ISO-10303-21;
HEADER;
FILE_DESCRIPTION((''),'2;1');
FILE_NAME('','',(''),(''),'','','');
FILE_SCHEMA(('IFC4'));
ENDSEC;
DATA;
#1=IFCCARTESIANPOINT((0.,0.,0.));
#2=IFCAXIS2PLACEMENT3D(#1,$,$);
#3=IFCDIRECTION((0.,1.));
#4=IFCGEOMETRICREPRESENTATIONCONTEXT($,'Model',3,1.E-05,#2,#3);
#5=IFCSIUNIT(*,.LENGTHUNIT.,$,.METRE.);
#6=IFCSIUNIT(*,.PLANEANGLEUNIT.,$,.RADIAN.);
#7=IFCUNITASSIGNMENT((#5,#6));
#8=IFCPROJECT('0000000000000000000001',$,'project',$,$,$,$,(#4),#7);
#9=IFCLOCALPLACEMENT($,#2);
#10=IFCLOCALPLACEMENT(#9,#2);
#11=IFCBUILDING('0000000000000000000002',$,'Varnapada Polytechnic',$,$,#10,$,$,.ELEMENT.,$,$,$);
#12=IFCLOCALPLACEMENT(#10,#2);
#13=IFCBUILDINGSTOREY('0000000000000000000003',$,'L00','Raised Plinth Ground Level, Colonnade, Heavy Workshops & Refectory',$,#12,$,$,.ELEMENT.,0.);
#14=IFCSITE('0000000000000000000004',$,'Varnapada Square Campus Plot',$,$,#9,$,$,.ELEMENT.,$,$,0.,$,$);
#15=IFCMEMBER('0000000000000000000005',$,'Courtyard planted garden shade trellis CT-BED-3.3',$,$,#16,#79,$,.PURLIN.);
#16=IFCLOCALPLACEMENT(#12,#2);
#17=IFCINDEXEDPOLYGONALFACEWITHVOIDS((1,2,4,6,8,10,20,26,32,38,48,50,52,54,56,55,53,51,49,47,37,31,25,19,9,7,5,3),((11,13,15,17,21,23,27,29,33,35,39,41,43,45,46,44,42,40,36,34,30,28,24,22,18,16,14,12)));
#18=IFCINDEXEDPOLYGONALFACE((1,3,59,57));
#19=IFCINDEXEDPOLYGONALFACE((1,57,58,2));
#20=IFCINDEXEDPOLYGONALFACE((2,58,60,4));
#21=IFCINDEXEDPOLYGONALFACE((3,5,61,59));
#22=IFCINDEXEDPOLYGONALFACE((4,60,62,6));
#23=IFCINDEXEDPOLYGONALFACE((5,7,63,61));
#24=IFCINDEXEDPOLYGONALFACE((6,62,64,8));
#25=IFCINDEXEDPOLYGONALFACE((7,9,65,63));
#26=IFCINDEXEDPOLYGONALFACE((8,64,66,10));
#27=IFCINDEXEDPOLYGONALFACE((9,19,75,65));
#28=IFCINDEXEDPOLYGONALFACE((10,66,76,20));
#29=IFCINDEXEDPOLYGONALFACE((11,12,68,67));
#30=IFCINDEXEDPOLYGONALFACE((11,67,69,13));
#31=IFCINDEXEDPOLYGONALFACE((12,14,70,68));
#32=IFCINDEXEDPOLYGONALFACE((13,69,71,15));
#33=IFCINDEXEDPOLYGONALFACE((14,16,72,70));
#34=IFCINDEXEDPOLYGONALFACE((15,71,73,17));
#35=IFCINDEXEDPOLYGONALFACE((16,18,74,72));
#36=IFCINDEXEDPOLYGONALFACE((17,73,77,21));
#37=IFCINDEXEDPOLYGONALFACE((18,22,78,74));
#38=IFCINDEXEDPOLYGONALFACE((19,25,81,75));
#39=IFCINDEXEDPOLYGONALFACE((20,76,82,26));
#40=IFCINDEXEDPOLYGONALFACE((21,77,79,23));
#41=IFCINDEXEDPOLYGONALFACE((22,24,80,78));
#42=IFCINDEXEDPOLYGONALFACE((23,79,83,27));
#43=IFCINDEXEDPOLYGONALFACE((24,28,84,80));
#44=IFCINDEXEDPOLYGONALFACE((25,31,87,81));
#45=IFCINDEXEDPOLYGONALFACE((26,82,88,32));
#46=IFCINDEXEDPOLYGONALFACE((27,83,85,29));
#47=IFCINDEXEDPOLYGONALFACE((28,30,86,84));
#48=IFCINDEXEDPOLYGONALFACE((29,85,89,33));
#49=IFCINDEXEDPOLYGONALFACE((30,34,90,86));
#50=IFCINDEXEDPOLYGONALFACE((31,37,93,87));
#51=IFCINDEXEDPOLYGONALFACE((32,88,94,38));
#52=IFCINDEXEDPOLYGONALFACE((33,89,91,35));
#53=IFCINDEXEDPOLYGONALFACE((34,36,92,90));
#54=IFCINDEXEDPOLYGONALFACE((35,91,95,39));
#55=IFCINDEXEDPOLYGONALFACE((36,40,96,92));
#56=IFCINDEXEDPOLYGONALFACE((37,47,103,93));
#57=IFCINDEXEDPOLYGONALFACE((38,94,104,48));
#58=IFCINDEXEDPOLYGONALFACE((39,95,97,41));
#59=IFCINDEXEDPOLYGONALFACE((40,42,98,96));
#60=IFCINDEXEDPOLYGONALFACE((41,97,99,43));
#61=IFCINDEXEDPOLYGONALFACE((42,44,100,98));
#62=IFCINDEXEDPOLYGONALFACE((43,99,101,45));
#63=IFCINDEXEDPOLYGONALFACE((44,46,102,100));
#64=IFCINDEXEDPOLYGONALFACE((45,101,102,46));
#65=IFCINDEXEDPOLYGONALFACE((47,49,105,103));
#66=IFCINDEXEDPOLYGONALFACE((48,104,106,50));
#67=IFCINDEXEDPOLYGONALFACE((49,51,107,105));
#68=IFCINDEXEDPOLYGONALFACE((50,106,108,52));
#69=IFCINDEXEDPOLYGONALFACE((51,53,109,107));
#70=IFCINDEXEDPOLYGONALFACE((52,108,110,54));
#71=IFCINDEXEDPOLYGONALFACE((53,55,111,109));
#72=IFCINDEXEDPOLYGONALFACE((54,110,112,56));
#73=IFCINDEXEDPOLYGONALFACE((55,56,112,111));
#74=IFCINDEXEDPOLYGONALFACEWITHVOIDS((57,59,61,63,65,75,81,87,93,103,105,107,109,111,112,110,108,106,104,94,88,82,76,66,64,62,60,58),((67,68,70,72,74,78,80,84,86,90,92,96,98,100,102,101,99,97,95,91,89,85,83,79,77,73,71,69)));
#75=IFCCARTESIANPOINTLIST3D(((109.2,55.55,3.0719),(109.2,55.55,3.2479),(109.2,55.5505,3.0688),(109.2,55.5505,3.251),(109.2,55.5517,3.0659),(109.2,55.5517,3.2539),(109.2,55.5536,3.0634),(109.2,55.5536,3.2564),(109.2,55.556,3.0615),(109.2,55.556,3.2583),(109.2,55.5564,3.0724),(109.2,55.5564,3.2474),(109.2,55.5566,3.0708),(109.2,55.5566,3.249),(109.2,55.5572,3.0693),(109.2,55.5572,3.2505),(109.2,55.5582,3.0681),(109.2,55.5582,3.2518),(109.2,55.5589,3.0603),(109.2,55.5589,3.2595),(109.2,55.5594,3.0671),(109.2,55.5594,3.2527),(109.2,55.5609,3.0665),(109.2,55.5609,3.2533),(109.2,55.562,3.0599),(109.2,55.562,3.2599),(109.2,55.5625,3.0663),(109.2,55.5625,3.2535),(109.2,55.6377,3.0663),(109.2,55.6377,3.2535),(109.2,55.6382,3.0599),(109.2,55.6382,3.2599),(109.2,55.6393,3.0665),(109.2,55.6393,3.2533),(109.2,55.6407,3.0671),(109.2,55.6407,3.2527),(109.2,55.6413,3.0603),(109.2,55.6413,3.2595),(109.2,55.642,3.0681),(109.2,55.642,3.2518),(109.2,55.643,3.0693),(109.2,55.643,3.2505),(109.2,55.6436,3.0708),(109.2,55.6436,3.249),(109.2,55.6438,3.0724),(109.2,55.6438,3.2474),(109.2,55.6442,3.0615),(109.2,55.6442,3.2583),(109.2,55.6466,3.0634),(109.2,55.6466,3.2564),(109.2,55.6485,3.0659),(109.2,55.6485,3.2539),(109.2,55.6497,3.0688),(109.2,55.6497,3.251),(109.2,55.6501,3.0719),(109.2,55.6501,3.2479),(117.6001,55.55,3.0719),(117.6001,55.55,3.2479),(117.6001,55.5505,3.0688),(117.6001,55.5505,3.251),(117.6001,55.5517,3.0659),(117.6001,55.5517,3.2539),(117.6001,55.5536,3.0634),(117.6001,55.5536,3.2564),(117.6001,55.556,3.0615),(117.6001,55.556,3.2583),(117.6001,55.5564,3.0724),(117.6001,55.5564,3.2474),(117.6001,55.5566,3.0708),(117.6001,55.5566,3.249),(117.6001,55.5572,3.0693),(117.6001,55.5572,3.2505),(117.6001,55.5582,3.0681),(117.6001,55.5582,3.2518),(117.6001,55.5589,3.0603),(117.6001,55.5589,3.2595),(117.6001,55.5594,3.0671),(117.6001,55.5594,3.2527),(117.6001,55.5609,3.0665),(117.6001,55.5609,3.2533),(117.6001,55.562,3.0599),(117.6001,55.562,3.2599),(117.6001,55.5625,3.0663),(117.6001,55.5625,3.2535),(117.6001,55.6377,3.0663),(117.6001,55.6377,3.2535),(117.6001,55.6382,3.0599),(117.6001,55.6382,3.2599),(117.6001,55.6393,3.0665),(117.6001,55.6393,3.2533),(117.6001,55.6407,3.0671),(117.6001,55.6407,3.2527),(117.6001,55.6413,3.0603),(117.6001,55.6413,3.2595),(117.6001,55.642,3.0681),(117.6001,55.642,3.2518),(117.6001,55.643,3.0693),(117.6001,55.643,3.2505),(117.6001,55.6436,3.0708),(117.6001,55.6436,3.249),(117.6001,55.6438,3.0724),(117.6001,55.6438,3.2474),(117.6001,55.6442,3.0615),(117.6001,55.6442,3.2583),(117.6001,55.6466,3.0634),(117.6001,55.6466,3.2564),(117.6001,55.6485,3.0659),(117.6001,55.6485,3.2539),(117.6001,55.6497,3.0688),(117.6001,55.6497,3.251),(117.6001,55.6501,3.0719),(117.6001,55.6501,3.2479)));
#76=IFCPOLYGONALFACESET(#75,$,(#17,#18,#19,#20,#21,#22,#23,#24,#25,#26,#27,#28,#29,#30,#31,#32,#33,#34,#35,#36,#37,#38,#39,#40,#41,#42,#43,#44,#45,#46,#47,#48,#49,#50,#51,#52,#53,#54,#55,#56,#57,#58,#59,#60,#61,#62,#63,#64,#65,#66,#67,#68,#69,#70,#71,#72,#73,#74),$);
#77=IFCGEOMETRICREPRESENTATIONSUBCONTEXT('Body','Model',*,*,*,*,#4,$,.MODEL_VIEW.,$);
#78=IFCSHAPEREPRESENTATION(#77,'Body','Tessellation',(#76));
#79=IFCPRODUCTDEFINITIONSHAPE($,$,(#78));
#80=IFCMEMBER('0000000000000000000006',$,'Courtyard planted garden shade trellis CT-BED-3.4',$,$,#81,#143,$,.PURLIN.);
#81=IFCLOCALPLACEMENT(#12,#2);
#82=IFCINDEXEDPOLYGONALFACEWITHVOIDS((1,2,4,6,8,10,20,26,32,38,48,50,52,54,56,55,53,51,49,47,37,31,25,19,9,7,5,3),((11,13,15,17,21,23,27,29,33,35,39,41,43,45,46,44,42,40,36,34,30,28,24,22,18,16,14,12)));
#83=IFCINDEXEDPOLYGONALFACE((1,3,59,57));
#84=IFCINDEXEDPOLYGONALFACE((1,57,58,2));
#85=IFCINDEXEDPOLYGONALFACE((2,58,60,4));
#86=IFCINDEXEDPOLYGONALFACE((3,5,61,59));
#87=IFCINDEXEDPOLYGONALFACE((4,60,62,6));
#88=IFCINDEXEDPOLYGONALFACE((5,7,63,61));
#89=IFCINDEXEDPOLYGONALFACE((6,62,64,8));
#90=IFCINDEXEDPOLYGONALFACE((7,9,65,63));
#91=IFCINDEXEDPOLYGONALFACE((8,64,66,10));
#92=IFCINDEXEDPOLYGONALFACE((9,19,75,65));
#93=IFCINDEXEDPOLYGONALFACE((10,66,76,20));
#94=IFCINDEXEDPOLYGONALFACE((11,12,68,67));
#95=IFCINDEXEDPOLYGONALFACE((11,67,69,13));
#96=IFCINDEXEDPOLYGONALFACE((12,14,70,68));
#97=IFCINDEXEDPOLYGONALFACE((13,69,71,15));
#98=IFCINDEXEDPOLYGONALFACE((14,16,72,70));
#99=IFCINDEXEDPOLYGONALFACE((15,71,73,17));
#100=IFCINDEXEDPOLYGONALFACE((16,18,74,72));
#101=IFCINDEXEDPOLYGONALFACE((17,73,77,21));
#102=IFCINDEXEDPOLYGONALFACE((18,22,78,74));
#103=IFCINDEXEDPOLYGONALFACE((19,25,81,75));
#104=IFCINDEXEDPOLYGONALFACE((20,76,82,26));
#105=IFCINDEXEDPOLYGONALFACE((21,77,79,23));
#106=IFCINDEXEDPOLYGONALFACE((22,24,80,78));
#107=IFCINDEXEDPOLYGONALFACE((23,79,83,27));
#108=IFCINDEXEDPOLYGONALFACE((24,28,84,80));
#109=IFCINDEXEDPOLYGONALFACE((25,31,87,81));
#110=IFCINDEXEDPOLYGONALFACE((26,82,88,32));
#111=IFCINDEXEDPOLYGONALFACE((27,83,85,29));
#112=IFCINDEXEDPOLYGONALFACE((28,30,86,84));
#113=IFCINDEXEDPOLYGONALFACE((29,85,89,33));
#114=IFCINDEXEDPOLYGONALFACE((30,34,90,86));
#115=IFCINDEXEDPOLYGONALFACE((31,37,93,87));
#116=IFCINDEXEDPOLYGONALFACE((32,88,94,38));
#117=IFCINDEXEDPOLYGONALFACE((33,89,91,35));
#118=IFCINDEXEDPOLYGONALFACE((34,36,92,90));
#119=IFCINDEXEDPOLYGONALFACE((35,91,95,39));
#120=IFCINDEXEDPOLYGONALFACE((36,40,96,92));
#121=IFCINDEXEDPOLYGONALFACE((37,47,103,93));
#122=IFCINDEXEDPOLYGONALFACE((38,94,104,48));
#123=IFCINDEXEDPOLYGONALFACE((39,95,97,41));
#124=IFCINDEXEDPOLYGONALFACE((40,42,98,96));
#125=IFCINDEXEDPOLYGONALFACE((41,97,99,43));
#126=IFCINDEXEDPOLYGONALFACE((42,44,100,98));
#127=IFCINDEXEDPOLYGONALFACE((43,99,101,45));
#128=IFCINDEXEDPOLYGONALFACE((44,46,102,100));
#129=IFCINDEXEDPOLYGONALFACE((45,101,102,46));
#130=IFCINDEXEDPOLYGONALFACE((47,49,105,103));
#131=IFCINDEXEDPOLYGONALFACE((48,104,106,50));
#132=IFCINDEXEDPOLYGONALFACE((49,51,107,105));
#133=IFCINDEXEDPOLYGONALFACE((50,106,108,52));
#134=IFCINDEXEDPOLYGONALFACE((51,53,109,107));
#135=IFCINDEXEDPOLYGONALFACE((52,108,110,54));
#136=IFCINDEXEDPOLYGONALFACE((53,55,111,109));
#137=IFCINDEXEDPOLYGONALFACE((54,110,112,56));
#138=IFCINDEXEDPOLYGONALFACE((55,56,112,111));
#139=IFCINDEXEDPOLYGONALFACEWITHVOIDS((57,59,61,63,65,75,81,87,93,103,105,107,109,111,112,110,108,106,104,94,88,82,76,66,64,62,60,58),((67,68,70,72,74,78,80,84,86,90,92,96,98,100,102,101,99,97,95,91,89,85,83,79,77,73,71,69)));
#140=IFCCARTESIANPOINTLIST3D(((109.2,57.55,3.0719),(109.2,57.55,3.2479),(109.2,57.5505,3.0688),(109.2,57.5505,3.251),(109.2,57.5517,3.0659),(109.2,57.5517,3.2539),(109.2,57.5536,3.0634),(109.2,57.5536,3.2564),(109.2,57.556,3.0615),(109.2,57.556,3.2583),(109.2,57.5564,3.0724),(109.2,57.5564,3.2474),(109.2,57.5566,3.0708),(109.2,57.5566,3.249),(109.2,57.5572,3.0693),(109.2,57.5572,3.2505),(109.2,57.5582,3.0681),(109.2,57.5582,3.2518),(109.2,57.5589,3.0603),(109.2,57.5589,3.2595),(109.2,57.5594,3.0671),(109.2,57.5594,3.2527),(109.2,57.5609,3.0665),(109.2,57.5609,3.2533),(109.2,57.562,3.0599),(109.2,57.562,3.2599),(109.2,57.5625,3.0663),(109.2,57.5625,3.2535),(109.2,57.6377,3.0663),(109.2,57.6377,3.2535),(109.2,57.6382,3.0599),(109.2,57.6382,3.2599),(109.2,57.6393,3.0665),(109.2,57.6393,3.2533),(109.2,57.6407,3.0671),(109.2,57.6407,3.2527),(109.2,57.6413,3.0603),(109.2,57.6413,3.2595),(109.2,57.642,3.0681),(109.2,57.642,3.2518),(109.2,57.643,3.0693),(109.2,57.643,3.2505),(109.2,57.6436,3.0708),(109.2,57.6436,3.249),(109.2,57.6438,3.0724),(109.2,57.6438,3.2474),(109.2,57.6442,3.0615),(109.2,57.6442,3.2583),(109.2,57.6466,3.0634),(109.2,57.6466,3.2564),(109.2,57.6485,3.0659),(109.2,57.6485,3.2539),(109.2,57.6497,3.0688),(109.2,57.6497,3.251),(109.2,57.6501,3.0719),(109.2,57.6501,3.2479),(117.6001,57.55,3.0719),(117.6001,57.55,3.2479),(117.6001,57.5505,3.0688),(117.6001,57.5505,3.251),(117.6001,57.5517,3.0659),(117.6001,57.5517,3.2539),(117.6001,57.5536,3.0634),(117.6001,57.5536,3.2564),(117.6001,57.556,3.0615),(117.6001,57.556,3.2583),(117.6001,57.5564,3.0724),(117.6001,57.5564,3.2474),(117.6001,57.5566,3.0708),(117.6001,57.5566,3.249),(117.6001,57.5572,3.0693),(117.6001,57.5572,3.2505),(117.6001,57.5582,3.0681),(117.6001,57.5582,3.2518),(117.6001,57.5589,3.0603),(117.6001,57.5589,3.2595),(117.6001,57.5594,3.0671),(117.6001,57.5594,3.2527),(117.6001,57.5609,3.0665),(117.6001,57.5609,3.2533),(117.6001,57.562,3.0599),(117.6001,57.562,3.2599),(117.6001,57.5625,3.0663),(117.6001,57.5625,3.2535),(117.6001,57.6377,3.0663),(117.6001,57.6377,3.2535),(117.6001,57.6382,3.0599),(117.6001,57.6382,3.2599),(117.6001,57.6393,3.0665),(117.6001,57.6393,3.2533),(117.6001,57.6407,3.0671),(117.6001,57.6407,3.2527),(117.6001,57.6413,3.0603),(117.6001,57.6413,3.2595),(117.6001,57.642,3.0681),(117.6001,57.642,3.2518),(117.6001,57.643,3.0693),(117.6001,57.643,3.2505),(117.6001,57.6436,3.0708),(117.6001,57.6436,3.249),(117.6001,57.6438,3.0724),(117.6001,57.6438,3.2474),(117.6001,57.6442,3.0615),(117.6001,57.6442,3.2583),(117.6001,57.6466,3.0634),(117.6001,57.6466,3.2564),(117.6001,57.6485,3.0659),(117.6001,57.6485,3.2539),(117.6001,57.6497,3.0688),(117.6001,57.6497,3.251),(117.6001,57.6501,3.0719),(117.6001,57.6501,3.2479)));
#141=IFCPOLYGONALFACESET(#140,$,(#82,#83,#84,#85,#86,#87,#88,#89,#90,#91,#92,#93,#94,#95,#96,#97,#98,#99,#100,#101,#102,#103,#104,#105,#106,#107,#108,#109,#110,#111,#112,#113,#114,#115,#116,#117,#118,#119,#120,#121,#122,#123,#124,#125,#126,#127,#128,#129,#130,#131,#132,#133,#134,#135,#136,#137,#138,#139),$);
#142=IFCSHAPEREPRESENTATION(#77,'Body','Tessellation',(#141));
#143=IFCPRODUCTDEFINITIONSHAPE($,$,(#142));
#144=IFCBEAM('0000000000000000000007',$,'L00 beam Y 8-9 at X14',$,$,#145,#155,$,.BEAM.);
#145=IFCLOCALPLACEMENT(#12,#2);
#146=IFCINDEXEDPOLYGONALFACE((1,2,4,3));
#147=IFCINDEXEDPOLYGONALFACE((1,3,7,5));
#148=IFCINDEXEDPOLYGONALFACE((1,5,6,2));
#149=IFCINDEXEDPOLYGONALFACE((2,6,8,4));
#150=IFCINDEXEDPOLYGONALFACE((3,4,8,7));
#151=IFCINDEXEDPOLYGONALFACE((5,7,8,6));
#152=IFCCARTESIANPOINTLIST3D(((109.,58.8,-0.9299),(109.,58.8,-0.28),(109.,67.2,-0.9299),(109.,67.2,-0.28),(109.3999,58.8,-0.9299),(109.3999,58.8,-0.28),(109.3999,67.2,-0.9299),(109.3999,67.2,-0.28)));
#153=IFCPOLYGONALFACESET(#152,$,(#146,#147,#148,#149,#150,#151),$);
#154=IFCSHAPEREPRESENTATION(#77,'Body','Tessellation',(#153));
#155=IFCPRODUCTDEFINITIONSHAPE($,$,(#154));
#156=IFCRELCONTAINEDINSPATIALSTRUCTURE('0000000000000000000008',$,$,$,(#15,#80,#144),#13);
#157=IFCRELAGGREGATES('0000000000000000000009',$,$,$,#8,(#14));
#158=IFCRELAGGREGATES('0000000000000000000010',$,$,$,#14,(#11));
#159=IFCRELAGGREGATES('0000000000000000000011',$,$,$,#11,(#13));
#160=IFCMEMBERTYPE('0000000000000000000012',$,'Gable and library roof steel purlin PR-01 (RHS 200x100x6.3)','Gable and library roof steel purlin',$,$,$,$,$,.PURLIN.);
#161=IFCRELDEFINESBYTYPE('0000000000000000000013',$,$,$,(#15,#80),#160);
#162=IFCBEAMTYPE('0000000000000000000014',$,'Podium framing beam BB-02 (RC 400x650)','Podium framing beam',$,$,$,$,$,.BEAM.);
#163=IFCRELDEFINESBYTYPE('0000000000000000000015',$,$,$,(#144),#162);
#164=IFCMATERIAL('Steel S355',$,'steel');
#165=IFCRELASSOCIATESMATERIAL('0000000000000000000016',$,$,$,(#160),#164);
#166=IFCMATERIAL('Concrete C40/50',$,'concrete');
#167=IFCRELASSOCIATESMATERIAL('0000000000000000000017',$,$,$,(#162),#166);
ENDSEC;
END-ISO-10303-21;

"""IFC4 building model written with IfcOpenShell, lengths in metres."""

from ifc_helpers import new_model, si_unit, direction, frame, origin, origin_2d, place, context, subcontext, project, spatial, rectangle, hollow_rectangle, extrude, material, material_profile, profile_set, type_object, element, save


model = new_model("IFC4")

# Units and contexts
model_context = context("Model", 3, precision=1e-05, world=origin(), true_north=direction((0.0, 1.0)))
body_context = subcontext(model_context, "Body", "Model", "MODEL_VIEW")
ifc_project = project(units=[si_unit("LENGTHUNIT", "METRE"), si_unit("PLANEANGLEUNIT", "RADIAN")], contexts=[model_context])

# Site, building, storey
site_placement = place(None, origin())
site = spatial("IfcSite", under=ifc_project, at=site_placement, Name="Varnapada Square Campus Plot", CompositionType="ELEMENT", RefElevation=0.0)
building_placement = place(site_placement, origin())
building = spatial("IfcBuilding", under=site, at=building_placement, Name="Varnapada Polytechnic", CompositionType="ELEMENT")
storey_placement = place(building_placement, origin())
storey = spatial("IfcBuildingStorey", under=building, at=storey_placement, Name="L00", Description="Raised Plinth Ground Level, Colonnade, Heavy Workshops & Refectory", CompositionType="ELEMENT", Elevation=0.0)

# Shared definitions
ifc_material_1 = material(Name="Concrete C40/50", Category="concrete")

# Members
ifc_material_2 = material(Name="Steel S355", Category="steel")
ifc_material_profile_1 = material_profile(ifc_material_2, hollow_rectangle(XDim=0.1001, YDim=0.2, WallThickness=0.0063, InnerFilletRadius=0.0061, OuterFilletRadius=0.012, at=origin_2d()), Name="RHS 200x100x6.3")
ifc_profile_set_1 = profile_set([ifc_material_profile_1], Name="Steel S355")
member_type_1 = type_object("IfcMemberType", Name="Gable and library roof steel purlin PR-01 (RHS 200x100x6.3)", Description="Gable and library roof steel purlin", PredefinedType="PURLIN", material=ifc_profile_set_1)
for number, where, z_axis, x_axis, name in (
    (1, (109.2, 55.6001, 3.1599), (1.0, 0.0, 0.0), (0.0, 1.0, 0.0), "Courtyard planted garden shade trellis CT-BED-3.3"),
    (2, (109.2, 57.6001, 3.1599), (1.0, 0.0, 0.0), (0.0, 1.0, 0.0), "Courtyard planted garden shade trellis CT-BED-3.4"),
):
    element("IfcMember", number, at=place(storey_placement, frame(where, z_axis=z_axis, x_axis=x_axis)), inside=storey, type_object=member_type_1, Name=name, PredefinedType="PURLIN", context=body_context, shape_type="SweptSolid", body=[
        extrude(hollow_rectangle(XDim=0.1001, YDim=0.2, WallThickness=0.0063, InnerFilletRadius=0.0061, OuterFilletRadius=0.012, at=origin_2d()), origin(), (0.0, 0.0, 1.0), 8.4001),
    ])

# Beam
ifc_material_profile_2 = material_profile(ifc_material_1, rectangle(XDim=0.3999, YDim=0.6499, at=origin_2d()), Name="RC 400x650")
ifc_profile_set_2 = profile_set([ifc_material_profile_2], Name="Concrete C40/50")
beam_type_1 = type_object("IfcBeamType", Name="Podium framing beam BB-02 (RC 400x650)", Description="Podium framing beam", PredefinedType="BEAM", material=ifc_profile_set_2)
beam_1_placement = place(storey_placement, frame((109.2, 58.8, -0.605), z_axis=(0.0, 1.0, 0.0), x_axis=(-1.0, 0.0, 0.0)))
element("IfcBeam", 3, at=beam_1_placement, inside=storey, type_object=beam_type_1, Name="L00 beam Y 8-9 at X14", PredefinedType="BEAM", context=body_context, shape_type="SweptSolid", body=[
    extrude(rectangle(XDim=0.3999, YDim=0.6499, at=origin_2d()), origin(), (0.0, 0.0, 1.0), 8.3999),
])

save(model, "model.ifc")
